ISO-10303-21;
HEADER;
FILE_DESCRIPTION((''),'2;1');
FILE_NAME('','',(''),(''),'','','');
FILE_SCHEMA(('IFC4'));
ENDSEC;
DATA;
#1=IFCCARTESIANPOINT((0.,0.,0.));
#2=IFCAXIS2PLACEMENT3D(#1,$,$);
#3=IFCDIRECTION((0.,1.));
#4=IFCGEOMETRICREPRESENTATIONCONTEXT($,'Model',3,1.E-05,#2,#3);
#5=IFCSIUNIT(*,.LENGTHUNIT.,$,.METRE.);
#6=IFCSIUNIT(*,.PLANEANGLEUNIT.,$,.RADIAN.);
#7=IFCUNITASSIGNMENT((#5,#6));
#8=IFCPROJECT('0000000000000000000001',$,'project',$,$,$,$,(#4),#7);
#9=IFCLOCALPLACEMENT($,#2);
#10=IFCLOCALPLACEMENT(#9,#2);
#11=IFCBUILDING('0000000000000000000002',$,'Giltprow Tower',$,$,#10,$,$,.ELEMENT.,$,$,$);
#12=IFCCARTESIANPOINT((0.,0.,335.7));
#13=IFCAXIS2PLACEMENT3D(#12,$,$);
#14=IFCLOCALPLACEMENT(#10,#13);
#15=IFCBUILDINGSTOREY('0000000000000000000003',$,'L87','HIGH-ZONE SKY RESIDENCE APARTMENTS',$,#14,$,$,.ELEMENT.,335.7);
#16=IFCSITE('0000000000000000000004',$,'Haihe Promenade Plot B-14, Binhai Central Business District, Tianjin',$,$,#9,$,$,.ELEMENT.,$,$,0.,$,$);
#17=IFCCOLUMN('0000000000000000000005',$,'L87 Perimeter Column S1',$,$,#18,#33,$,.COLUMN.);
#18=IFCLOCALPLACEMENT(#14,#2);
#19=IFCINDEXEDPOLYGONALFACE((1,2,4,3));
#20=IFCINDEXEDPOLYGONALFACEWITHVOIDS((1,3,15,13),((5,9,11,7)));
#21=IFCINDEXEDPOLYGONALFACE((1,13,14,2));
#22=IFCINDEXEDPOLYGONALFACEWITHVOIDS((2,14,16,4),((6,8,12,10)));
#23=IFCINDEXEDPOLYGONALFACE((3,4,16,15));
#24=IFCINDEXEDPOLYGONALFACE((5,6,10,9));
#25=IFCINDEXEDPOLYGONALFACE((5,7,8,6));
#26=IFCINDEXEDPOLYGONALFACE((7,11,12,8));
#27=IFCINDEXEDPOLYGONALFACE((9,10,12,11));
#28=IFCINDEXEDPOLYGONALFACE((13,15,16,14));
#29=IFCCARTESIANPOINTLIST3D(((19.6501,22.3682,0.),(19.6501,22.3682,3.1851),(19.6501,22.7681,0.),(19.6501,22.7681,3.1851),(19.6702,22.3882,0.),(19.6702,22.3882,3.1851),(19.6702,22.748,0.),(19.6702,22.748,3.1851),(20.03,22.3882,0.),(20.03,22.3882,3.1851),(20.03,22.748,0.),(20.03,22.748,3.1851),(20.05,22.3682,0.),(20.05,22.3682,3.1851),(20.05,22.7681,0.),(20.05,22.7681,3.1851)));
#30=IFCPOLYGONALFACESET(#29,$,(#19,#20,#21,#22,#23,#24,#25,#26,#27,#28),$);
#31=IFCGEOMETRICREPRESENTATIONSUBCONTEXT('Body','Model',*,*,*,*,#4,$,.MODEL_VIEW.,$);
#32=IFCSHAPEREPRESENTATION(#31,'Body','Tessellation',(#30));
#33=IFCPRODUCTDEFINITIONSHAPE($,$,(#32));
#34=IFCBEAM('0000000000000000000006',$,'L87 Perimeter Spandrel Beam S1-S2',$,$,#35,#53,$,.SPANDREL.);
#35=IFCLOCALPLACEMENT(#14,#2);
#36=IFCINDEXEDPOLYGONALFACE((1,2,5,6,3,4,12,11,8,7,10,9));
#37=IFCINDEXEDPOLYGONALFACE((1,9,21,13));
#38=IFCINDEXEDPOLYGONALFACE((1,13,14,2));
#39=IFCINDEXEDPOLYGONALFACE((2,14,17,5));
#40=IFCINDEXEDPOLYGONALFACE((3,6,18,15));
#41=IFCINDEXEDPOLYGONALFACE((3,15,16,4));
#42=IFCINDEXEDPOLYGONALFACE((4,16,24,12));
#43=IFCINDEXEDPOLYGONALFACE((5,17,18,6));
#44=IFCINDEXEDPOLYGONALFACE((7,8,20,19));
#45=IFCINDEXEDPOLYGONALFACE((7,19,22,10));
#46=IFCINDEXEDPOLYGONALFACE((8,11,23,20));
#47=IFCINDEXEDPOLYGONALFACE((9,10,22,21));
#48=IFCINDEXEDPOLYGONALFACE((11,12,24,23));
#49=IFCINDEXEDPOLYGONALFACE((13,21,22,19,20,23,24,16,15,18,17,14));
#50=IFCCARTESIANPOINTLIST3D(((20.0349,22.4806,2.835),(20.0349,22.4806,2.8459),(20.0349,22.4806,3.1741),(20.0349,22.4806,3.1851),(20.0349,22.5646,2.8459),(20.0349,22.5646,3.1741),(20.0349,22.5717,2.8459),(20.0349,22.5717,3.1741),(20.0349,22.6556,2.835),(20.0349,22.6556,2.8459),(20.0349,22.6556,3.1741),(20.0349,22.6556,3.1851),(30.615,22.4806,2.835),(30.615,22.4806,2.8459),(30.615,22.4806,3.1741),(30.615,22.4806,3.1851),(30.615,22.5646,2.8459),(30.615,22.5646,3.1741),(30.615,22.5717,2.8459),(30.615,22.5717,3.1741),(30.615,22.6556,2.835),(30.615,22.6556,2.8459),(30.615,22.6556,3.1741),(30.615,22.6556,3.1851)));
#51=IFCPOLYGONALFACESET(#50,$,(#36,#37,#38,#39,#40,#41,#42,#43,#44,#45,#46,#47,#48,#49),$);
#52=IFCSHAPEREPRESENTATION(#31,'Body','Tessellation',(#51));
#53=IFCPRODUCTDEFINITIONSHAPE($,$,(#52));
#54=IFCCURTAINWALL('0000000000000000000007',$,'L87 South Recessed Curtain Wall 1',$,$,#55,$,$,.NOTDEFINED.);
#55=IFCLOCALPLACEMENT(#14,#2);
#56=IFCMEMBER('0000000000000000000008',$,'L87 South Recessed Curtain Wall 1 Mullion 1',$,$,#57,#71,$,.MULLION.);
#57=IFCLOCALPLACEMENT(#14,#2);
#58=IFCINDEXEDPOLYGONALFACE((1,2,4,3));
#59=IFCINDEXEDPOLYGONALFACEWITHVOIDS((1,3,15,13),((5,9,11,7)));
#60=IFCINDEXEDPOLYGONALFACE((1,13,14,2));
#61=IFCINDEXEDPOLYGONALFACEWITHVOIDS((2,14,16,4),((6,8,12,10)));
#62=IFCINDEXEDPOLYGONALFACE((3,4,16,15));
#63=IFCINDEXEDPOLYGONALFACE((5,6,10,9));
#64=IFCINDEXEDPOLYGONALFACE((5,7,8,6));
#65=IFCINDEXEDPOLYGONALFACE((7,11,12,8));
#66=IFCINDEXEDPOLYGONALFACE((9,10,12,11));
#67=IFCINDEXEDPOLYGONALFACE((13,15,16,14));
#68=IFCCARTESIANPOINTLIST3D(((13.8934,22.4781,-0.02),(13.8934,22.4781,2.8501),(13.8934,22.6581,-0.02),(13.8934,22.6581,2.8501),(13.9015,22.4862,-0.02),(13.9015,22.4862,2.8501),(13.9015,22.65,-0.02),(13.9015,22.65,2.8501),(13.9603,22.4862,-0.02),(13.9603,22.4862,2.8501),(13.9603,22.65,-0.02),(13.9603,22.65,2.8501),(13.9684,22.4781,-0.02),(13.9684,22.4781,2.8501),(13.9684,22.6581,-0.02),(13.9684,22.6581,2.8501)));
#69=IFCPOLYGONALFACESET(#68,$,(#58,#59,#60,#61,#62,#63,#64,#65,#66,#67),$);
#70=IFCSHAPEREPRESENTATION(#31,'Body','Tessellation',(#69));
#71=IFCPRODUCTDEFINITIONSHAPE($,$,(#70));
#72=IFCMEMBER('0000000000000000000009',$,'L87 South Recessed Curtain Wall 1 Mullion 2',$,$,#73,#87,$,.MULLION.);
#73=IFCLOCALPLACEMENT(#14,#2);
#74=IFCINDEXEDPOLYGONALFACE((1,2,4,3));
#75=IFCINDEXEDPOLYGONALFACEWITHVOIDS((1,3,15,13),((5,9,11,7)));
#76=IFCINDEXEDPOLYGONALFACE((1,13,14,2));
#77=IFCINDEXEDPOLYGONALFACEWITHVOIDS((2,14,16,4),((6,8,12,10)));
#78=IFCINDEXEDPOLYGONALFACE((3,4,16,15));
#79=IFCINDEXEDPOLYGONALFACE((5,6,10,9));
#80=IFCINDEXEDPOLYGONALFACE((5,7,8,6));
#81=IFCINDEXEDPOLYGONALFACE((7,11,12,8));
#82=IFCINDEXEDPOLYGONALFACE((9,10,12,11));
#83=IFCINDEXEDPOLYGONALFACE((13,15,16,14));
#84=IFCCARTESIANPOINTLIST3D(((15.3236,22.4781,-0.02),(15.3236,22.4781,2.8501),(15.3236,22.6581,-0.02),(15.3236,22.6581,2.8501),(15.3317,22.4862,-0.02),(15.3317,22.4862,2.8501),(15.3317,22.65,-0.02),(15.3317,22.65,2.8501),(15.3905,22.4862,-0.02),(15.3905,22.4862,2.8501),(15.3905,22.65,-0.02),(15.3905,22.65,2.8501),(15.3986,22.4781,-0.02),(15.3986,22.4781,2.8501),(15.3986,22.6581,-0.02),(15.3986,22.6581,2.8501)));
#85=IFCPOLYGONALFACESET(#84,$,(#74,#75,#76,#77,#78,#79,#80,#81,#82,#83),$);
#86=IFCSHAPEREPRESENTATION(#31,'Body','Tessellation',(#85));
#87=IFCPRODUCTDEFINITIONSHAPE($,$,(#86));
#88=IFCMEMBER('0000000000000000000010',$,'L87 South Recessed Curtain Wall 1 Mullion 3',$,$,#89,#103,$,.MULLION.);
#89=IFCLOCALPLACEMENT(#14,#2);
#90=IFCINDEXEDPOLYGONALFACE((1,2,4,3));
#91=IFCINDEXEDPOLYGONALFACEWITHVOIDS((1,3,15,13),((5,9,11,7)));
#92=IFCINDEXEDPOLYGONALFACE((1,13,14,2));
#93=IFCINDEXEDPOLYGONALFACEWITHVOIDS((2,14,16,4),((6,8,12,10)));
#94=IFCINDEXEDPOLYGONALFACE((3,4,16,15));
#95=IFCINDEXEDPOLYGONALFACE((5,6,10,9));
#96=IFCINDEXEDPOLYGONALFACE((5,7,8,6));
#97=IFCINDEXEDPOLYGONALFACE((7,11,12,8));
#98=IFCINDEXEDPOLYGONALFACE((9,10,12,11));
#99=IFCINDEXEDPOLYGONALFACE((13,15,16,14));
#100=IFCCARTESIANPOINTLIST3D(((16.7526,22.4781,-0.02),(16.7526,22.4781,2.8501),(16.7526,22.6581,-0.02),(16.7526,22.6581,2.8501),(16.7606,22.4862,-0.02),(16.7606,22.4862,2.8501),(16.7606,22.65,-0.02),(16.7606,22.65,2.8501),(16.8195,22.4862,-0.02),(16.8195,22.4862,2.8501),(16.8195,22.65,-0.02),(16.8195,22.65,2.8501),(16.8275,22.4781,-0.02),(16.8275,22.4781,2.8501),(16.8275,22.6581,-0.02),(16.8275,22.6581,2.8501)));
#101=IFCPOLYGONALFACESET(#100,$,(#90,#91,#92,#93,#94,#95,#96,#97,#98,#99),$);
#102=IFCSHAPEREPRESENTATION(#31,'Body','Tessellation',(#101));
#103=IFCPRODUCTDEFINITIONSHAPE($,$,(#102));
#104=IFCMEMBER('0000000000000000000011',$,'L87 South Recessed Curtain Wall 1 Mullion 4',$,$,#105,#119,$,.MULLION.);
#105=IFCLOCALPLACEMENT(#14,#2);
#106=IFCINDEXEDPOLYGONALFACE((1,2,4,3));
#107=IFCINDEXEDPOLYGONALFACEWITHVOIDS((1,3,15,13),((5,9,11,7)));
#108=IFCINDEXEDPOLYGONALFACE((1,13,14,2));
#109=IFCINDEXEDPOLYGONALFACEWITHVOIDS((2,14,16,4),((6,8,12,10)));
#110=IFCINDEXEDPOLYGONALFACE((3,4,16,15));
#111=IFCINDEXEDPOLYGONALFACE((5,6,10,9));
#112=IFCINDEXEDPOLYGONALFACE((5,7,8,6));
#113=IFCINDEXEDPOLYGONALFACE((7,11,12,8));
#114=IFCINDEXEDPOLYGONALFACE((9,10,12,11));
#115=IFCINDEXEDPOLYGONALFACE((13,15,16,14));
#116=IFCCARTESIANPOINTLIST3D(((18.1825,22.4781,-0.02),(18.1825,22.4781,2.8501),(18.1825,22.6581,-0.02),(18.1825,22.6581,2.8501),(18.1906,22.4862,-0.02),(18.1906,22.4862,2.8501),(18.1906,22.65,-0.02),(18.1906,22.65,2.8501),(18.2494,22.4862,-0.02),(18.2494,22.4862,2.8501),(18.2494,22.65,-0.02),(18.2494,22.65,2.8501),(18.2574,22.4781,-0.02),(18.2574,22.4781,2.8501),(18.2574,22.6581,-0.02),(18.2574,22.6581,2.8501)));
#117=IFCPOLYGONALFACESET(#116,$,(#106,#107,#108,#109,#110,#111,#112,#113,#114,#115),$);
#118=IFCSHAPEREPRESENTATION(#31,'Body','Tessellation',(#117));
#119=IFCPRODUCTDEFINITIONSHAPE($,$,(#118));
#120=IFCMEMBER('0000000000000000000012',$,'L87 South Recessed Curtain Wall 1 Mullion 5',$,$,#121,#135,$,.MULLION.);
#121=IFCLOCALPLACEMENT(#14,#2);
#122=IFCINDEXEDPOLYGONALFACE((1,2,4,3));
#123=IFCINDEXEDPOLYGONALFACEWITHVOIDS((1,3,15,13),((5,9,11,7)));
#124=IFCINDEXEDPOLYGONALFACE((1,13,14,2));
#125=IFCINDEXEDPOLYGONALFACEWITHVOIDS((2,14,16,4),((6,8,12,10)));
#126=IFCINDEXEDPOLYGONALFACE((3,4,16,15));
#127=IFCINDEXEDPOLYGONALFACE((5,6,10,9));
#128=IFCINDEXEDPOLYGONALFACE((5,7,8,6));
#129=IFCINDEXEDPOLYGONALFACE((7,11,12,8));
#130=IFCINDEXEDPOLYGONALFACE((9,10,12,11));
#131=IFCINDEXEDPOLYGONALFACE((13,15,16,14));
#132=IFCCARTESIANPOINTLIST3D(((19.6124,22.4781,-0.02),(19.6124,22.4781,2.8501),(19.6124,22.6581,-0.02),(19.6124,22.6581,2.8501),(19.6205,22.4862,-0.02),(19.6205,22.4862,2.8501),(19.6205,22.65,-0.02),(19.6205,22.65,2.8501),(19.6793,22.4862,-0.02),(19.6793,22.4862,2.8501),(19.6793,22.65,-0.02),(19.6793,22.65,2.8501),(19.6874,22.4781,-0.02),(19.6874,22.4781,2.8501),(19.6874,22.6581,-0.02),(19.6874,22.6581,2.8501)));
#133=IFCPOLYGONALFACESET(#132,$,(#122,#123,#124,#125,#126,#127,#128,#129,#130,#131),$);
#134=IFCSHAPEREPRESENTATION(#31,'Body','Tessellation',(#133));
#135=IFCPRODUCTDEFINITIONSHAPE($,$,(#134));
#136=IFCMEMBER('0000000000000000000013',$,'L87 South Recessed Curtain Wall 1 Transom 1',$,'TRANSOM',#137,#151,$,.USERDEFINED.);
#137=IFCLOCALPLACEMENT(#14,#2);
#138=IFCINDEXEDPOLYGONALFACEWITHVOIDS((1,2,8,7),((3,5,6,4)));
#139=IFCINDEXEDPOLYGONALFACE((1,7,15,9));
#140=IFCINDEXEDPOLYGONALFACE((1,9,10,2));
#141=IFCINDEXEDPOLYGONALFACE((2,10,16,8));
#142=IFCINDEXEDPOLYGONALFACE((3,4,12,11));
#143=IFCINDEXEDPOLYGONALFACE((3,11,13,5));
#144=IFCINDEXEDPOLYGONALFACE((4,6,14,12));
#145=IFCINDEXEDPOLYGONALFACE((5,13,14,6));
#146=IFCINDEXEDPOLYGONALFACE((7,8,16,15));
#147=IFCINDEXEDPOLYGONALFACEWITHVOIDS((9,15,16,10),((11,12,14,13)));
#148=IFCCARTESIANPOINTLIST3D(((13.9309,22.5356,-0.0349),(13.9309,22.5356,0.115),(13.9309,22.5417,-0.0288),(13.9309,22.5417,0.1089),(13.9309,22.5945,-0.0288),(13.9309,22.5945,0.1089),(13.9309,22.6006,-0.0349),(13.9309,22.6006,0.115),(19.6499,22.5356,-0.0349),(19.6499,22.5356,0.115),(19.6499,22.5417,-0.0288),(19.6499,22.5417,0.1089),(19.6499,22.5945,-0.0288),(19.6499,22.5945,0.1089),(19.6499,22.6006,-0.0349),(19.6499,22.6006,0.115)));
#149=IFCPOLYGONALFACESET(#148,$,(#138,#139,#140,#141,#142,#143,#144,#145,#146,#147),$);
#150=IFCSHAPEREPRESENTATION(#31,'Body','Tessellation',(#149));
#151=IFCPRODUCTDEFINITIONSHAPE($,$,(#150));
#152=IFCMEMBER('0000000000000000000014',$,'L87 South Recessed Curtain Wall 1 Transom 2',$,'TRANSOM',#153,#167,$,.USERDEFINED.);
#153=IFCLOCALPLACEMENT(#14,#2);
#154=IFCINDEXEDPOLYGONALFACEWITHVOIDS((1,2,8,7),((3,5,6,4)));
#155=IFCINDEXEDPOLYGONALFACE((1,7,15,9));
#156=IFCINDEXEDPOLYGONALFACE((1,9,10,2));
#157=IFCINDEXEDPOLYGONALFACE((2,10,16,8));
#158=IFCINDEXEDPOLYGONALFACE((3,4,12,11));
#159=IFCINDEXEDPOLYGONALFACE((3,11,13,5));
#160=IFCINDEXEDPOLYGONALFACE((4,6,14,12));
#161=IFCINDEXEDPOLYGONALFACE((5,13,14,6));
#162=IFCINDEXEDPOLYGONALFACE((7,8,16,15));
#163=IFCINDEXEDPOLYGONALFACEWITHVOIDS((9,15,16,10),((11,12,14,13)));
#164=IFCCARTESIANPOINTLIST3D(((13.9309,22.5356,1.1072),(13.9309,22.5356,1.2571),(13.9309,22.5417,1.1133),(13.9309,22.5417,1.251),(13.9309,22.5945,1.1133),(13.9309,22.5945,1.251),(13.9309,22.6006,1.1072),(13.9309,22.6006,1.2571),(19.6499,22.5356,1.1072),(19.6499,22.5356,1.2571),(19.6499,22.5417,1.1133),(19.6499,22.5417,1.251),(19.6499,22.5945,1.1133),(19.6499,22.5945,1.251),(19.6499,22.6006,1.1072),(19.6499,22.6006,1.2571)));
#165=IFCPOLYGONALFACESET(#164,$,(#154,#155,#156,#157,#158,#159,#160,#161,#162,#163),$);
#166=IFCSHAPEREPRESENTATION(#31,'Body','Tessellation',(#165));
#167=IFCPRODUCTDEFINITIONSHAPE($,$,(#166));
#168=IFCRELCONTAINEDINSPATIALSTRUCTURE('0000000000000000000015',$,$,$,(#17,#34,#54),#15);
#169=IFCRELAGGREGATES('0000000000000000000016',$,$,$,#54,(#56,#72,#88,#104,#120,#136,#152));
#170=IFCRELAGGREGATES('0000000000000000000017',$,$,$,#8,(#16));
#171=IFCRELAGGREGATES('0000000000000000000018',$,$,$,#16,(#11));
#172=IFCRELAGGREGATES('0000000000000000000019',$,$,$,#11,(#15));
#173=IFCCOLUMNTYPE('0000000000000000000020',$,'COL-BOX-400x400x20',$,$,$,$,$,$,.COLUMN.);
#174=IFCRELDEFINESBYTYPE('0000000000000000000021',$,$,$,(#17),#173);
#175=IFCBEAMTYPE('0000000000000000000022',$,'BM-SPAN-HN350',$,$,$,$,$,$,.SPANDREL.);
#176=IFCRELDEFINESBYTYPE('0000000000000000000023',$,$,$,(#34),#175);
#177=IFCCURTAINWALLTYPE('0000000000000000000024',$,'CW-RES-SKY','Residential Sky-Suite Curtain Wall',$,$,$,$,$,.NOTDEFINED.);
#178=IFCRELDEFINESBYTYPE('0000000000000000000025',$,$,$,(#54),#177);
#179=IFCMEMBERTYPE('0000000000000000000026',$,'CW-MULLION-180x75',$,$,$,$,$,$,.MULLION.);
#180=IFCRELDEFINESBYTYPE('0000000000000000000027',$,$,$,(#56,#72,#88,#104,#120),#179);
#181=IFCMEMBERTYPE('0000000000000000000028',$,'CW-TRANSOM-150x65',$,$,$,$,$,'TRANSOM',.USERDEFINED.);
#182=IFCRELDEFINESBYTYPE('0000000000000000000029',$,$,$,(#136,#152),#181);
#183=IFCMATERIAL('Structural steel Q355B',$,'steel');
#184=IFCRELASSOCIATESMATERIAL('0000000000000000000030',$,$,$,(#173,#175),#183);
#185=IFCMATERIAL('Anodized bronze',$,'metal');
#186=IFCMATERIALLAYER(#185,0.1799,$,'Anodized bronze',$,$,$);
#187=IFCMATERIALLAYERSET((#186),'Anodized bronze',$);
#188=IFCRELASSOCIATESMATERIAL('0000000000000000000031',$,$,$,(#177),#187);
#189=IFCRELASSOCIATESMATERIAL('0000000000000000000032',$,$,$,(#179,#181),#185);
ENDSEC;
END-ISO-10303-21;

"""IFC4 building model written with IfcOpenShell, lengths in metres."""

from ifc_helpers import new_model, si_unit, direction, frame, origin, origin_2d, place, context, subcontext, project, spatial, hollow_rectangle, i_section, extrude, source, transform, mapped, material, layer, layer_set, material_profile, profile_set, type_object, element, aggregate, save


model = new_model("IFC4")

# Units and contexts
model_context = context("Model", 3, precision=1e-05, world=origin(), true_north=direction((0.0, 1.0)))
body_context = subcontext(model_context, "Body", "Model", "MODEL_VIEW")
ifc_project = project(units=[si_unit("LENGTHUNIT", "METRE"), si_unit("PLANEANGLEUNIT", "RADIAN")], contexts=[model_context])

# Site, building, storey
site_placement = place(None, origin())
site = spatial("IfcSite", under=ifc_project, at=site_placement, Name="Haihe Promenade Plot B-14, Binhai Central Business District, Tianjin", CompositionType="ELEMENT", RefElevation=0.0)
building_placement = place(site_placement, origin())
building = spatial("IfcBuilding", under=site, at=building_placement, Name="Giltprow Tower", CompositionType="ELEMENT")
storey_placement = place(building_placement, frame((0.0, 0.0, 335.7)))
storey = spatial("IfcBuildingStorey", under=building, at=storey_placement, Name="L87", Description="HIGH-ZONE SKY RESIDENCE APARTMENTS", CompositionType="ELEMENT", Elevation=335.7)

# Column
ifc_material_1 = material(Name="Structural steel Q355B", Category="steel")
ifc_material_profile_1 = material_profile(ifc_material_1, hollow_rectangle(XDim=0.3999, YDim=0.3999, WallThickness=0.02, at=origin_2d()), Name="BOX 400x400x20")
ifc_profile_set_1 = profile_set([ifc_material_profile_1], Name="Structural steel Q355B")
column_type = type_object("IfcColumnType", Name="COL-BOX-400x400x20", PredefinedType="COLUMN", material=ifc_profile_set_1)
shared_shape_1 = source(origin(), body_context, "Body", "SweptSolid", [
    extrude(hollow_rectangle(XDim=0.3999, YDim=0.3999, WallThickness=0.02, at=origin_2d()), origin(), (0.0, 0.0, 1.0), 3.1851),
])
column_placement = place(storey_placement, frame((19.8501, 22.5681, 0.0), z_axis=(0.0, 0.0, 1.0), x_axis=(1.0, 0.0, 0.0)))
element("IfcColumn", 1, at=column_placement, inside=storey, type_object=column_type, Name="L87 Perimeter Column S1", PredefinedType="COLUMN", context=body_context, shape_type="MappedRepresentation", body=[
    mapped(shared_shape_1, transform((0.0, 0.0, 0.0), x_axis=(1.0, 0.0, 0.0), y_axis=(0.0, 1.0, 0.0), z_axis=(0.0, 0.0, 1.0), scale=1.0)),
])

# Beam
ifc_material_profile_2 = material_profile(ifc_material_1, i_section(OverallWidth=0.175, OverallDepth=0.3501, WebThickness=0.0071, FlangeThickness=0.011, at=origin_2d()), Name="HN 350x175x7x11")
ifc_profile_set_2 = profile_set([ifc_material_profile_2], Name="Structural steel Q355B")
beam_type = type_object("IfcBeamType", Name="BM-SPAN-HN350", PredefinedType="SPANDREL", material=ifc_profile_set_2)
shared_shape_2 = source(origin(), body_context, "Body", "SweptSolid", [
    extrude(i_section(OverallWidth=0.175, OverallDepth=0.3501, WebThickness=0.0071, FlangeThickness=0.011, at=origin_2d()), origin(), (0.0, 0.0, 1.0), 10.5801),
])
beam_placement = place(storey_placement, frame((20.0349, 22.5681, 3.01), z_axis=(1.0, 0.0, 0.0), x_axis=(0.0, 1.0, 0.0)))
element("IfcBeam", 2, at=beam_placement, inside=storey, type_object=beam_type, Name="L87 Perimeter Spandrel Beam S1-S2", PredefinedType="SPANDREL", context=body_context, shape_type="MappedRepresentation", body=[
    mapped(shared_shape_2, transform((0.0, 0.0, 0.0), x_axis=(1.0, 0.0, 0.0), y_axis=(0.0, 1.0, 0.0), z_axis=(0.0, 0.0, 1.0), scale=1.0)),
])

# Curtain wall, members
ifc_material_2 = material(Name="Anodized bronze", Category="metal")
ifc_layer_1 = layer(ifc_material_2, 0.1799, Name="Anodized bronze")
ifc_layer_set_1 = layer_set([ifc_layer_1], Name="Anodized bronze")
curtain_wall_type = type_object("IfcCurtainWallType", Name="CW-RES-SKY", Description="Residential Sky-Suite Curtain Wall", PredefinedType="NOTDEFINED", material=ifc_layer_set_1)
curtain_wall_placement = place(storey_placement, origin())
curtain_wall = element("IfcCurtainWall", 3, at=curtain_wall_placement, inside=storey, type_object=curtain_wall_type, Name="L87 South Recessed Curtain Wall 1", PredefinedType="NOTDEFINED")
ifc_material_profile_3 = material_profile(ifc_material_2, hollow_rectangle(XDim=0.075, YDim=0.1799, WallThickness=0.0081, at=origin_2d()), Name="RHS 180x75x8")
ifc_profile_set_3 = profile_set([ifc_material_profile_3], Name="Anodized bronze")
member_type_1 = type_object("IfcMemberType", Name="CW-MULLION-180x75", PredefinedType="MULLION", material=ifc_profile_set_3)
shared_shape_3 = source(origin(), body_context, "Body", "SweptSolid", [
    extrude(hollow_rectangle(XDim=0.075, YDim=0.1799, WallThickness=0.0081, at=origin_2d()), origin(), (0.0, 0.0, 1.0), 2.8701),
])
member_1_placement = place(storey_placement, frame((13.9309, 22.5681, -0.02), z_axis=(0.0, 0.0, 1.0), x_axis=(1.0, 0.0, 0.0)))
member_1 = element("IfcMember", 4, at=member_1_placement, type_object=member_type_1, Name="L87 South Recessed Curtain Wall 1 Mullion 1", PredefinedType="MULLION", context=body_context, shape_type="MappedRepresentation", body=[
    mapped(shared_shape_3, transform((0.0, 0.0, 0.0), x_axis=(1.0, 0.0, 0.0), y_axis=(0.0, 1.0, 0.0), z_axis=(0.0, 0.0, 1.0), scale=1.0)),
])
member_2_placement = place(storey_placement, frame((15.3611, 22.5681, -0.02), z_axis=(0.0, 0.0, 1.0), x_axis=(1.0, 0.0, 0.0)))
member_2 = element("IfcMember", 5, at=member_2_placement, type_object=member_type_1, Name="L87 South Recessed Curtain Wall 1 Mullion 2", PredefinedType="MULLION", context=body_context, shape_type="MappedRepresentation", body=[
    mapped(shared_shape_3, transform((0.0, 0.0, 0.0), x_axis=(1.0, 0.0, 0.0), y_axis=(0.0, 1.0, 0.0), z_axis=(0.0, 0.0, 1.0), scale=1.0)),
])
member_3_placement = place(storey_placement, frame((16.79, 22.5681, -0.02), z_axis=(0.0, 0.0, 1.0), x_axis=(1.0, 0.0, 0.0)))
member_3 = element("IfcMember", 6, at=member_3_placement, type_object=member_type_1, Name="L87 South Recessed Curtain Wall 1 Mullion 3", PredefinedType="MULLION", context=body_context, shape_type="MappedRepresentation", body=[
    mapped(shared_shape_3, transform((0.0, 0.0, 0.0), x_axis=(1.0, 0.0, 0.0), y_axis=(0.0, 1.0, 0.0), z_axis=(0.0, 0.0, 1.0), scale=1.0)),
])
member_4_placement = place(storey_placement, frame((18.22, 22.5681, -0.02), z_axis=(0.0, 0.0, 1.0), x_axis=(1.0, 0.0, 0.0)))
member_4 = element("IfcMember", 7, at=member_4_placement, type_object=member_type_1, Name="L87 South Recessed Curtain Wall 1 Mullion 4", PredefinedType="MULLION", context=body_context, shape_type="MappedRepresentation", body=[
    mapped(shared_shape_3, transform((0.0, 0.0, 0.0), x_axis=(1.0, 0.0, 0.0), y_axis=(0.0, 1.0, 0.0), z_axis=(0.0, 0.0, 1.0), scale=1.0)),
])
member_5_placement = place(storey_placement, frame((19.6499, 22.5681, -0.02), z_axis=(0.0, 0.0, 1.0), x_axis=(1.0, 0.0, 0.0)))
member_5 = element("IfcMember", 8, at=member_5_placement, type_object=member_type_1, Name="L87 South Recessed Curtain Wall 1 Mullion 5", PredefinedType="MULLION", context=body_context, shape_type="MappedRepresentation", body=[
    mapped(shared_shape_3, transform((0.0, 0.0, 0.0), x_axis=(1.0, 0.0, 0.0), y_axis=(0.0, 1.0, 0.0), z_axis=(0.0, 0.0, 1.0), scale=1.0)),
])
ifc_material_profile_4 = material_profile(ifc_material_2, hollow_rectangle(XDim=0.0649, YDim=0.1499, WallThickness=0.0061, at=origin_2d()), Name="RHS 150x65x6")
ifc_profile_set_4 = profile_set([ifc_material_profile_4], Name="Anodized bronze")
member_type_2 = type_object("IfcMemberType", Name="CW-TRANSOM-150x65", ElementType="TRANSOM", PredefinedType="USERDEFINED", material=ifc_profile_set_4)
shared_shape_4 = source(origin(), body_context, "Body", "SweptSolid", [
    extrude(hollow_rectangle(XDim=0.0649, YDim=0.1499, WallThickness=0.0061, at=origin_2d()), origin(), (0.0, 0.0, 1.0), 5.719),
])
member_6_placement = place(storey_placement, frame((13.9309, 22.5681, 0.04), z_axis=(1.0, 0.0, 0.0), x_axis=(0.0, 1.0, 0.0)))
member_6 = element("IfcMember", 9, at=member_6_placement, type_object=member_type_2, Name="L87 South Recessed Curtain Wall 1 Transom 1", ObjectType="TRANSOM", PredefinedType="USERDEFINED", context=body_context, shape_type="MappedRepresentation", body=[
    mapped(shared_shape_4, transform((0.0, 0.0, 0.0), x_axis=(1.0, 0.0, 0.0), y_axis=(0.0, 1.0, 0.0), z_axis=(0.0, 0.0, 1.0), scale=1.0)),
])
member_7_placement = place(storey_placement, frame((13.9309, 22.5681, 1.1821), z_axis=(1.0, 0.0, 0.0), x_axis=(0.0, 1.0, 0.0)))
member_7 = element("IfcMember", 10, at=member_7_placement, type_object=member_type_2, Name="L87 South Recessed Curtain Wall 1 Transom 2", ObjectType="TRANSOM", PredefinedType="USERDEFINED", context=body_context, shape_type="MappedRepresentation", body=[
    mapped(shared_shape_4, transform((0.0, 0.0, 0.0), x_axis=(1.0, 0.0, 0.0), y_axis=(0.0, 1.0, 0.0), z_axis=(0.0, 0.0, 1.0), scale=1.0)),
])

aggregate(curtain_wall, [member_1, member_2, member_3, member_4, member_5, member_6, member_7])

save(model, "model.ifc")
